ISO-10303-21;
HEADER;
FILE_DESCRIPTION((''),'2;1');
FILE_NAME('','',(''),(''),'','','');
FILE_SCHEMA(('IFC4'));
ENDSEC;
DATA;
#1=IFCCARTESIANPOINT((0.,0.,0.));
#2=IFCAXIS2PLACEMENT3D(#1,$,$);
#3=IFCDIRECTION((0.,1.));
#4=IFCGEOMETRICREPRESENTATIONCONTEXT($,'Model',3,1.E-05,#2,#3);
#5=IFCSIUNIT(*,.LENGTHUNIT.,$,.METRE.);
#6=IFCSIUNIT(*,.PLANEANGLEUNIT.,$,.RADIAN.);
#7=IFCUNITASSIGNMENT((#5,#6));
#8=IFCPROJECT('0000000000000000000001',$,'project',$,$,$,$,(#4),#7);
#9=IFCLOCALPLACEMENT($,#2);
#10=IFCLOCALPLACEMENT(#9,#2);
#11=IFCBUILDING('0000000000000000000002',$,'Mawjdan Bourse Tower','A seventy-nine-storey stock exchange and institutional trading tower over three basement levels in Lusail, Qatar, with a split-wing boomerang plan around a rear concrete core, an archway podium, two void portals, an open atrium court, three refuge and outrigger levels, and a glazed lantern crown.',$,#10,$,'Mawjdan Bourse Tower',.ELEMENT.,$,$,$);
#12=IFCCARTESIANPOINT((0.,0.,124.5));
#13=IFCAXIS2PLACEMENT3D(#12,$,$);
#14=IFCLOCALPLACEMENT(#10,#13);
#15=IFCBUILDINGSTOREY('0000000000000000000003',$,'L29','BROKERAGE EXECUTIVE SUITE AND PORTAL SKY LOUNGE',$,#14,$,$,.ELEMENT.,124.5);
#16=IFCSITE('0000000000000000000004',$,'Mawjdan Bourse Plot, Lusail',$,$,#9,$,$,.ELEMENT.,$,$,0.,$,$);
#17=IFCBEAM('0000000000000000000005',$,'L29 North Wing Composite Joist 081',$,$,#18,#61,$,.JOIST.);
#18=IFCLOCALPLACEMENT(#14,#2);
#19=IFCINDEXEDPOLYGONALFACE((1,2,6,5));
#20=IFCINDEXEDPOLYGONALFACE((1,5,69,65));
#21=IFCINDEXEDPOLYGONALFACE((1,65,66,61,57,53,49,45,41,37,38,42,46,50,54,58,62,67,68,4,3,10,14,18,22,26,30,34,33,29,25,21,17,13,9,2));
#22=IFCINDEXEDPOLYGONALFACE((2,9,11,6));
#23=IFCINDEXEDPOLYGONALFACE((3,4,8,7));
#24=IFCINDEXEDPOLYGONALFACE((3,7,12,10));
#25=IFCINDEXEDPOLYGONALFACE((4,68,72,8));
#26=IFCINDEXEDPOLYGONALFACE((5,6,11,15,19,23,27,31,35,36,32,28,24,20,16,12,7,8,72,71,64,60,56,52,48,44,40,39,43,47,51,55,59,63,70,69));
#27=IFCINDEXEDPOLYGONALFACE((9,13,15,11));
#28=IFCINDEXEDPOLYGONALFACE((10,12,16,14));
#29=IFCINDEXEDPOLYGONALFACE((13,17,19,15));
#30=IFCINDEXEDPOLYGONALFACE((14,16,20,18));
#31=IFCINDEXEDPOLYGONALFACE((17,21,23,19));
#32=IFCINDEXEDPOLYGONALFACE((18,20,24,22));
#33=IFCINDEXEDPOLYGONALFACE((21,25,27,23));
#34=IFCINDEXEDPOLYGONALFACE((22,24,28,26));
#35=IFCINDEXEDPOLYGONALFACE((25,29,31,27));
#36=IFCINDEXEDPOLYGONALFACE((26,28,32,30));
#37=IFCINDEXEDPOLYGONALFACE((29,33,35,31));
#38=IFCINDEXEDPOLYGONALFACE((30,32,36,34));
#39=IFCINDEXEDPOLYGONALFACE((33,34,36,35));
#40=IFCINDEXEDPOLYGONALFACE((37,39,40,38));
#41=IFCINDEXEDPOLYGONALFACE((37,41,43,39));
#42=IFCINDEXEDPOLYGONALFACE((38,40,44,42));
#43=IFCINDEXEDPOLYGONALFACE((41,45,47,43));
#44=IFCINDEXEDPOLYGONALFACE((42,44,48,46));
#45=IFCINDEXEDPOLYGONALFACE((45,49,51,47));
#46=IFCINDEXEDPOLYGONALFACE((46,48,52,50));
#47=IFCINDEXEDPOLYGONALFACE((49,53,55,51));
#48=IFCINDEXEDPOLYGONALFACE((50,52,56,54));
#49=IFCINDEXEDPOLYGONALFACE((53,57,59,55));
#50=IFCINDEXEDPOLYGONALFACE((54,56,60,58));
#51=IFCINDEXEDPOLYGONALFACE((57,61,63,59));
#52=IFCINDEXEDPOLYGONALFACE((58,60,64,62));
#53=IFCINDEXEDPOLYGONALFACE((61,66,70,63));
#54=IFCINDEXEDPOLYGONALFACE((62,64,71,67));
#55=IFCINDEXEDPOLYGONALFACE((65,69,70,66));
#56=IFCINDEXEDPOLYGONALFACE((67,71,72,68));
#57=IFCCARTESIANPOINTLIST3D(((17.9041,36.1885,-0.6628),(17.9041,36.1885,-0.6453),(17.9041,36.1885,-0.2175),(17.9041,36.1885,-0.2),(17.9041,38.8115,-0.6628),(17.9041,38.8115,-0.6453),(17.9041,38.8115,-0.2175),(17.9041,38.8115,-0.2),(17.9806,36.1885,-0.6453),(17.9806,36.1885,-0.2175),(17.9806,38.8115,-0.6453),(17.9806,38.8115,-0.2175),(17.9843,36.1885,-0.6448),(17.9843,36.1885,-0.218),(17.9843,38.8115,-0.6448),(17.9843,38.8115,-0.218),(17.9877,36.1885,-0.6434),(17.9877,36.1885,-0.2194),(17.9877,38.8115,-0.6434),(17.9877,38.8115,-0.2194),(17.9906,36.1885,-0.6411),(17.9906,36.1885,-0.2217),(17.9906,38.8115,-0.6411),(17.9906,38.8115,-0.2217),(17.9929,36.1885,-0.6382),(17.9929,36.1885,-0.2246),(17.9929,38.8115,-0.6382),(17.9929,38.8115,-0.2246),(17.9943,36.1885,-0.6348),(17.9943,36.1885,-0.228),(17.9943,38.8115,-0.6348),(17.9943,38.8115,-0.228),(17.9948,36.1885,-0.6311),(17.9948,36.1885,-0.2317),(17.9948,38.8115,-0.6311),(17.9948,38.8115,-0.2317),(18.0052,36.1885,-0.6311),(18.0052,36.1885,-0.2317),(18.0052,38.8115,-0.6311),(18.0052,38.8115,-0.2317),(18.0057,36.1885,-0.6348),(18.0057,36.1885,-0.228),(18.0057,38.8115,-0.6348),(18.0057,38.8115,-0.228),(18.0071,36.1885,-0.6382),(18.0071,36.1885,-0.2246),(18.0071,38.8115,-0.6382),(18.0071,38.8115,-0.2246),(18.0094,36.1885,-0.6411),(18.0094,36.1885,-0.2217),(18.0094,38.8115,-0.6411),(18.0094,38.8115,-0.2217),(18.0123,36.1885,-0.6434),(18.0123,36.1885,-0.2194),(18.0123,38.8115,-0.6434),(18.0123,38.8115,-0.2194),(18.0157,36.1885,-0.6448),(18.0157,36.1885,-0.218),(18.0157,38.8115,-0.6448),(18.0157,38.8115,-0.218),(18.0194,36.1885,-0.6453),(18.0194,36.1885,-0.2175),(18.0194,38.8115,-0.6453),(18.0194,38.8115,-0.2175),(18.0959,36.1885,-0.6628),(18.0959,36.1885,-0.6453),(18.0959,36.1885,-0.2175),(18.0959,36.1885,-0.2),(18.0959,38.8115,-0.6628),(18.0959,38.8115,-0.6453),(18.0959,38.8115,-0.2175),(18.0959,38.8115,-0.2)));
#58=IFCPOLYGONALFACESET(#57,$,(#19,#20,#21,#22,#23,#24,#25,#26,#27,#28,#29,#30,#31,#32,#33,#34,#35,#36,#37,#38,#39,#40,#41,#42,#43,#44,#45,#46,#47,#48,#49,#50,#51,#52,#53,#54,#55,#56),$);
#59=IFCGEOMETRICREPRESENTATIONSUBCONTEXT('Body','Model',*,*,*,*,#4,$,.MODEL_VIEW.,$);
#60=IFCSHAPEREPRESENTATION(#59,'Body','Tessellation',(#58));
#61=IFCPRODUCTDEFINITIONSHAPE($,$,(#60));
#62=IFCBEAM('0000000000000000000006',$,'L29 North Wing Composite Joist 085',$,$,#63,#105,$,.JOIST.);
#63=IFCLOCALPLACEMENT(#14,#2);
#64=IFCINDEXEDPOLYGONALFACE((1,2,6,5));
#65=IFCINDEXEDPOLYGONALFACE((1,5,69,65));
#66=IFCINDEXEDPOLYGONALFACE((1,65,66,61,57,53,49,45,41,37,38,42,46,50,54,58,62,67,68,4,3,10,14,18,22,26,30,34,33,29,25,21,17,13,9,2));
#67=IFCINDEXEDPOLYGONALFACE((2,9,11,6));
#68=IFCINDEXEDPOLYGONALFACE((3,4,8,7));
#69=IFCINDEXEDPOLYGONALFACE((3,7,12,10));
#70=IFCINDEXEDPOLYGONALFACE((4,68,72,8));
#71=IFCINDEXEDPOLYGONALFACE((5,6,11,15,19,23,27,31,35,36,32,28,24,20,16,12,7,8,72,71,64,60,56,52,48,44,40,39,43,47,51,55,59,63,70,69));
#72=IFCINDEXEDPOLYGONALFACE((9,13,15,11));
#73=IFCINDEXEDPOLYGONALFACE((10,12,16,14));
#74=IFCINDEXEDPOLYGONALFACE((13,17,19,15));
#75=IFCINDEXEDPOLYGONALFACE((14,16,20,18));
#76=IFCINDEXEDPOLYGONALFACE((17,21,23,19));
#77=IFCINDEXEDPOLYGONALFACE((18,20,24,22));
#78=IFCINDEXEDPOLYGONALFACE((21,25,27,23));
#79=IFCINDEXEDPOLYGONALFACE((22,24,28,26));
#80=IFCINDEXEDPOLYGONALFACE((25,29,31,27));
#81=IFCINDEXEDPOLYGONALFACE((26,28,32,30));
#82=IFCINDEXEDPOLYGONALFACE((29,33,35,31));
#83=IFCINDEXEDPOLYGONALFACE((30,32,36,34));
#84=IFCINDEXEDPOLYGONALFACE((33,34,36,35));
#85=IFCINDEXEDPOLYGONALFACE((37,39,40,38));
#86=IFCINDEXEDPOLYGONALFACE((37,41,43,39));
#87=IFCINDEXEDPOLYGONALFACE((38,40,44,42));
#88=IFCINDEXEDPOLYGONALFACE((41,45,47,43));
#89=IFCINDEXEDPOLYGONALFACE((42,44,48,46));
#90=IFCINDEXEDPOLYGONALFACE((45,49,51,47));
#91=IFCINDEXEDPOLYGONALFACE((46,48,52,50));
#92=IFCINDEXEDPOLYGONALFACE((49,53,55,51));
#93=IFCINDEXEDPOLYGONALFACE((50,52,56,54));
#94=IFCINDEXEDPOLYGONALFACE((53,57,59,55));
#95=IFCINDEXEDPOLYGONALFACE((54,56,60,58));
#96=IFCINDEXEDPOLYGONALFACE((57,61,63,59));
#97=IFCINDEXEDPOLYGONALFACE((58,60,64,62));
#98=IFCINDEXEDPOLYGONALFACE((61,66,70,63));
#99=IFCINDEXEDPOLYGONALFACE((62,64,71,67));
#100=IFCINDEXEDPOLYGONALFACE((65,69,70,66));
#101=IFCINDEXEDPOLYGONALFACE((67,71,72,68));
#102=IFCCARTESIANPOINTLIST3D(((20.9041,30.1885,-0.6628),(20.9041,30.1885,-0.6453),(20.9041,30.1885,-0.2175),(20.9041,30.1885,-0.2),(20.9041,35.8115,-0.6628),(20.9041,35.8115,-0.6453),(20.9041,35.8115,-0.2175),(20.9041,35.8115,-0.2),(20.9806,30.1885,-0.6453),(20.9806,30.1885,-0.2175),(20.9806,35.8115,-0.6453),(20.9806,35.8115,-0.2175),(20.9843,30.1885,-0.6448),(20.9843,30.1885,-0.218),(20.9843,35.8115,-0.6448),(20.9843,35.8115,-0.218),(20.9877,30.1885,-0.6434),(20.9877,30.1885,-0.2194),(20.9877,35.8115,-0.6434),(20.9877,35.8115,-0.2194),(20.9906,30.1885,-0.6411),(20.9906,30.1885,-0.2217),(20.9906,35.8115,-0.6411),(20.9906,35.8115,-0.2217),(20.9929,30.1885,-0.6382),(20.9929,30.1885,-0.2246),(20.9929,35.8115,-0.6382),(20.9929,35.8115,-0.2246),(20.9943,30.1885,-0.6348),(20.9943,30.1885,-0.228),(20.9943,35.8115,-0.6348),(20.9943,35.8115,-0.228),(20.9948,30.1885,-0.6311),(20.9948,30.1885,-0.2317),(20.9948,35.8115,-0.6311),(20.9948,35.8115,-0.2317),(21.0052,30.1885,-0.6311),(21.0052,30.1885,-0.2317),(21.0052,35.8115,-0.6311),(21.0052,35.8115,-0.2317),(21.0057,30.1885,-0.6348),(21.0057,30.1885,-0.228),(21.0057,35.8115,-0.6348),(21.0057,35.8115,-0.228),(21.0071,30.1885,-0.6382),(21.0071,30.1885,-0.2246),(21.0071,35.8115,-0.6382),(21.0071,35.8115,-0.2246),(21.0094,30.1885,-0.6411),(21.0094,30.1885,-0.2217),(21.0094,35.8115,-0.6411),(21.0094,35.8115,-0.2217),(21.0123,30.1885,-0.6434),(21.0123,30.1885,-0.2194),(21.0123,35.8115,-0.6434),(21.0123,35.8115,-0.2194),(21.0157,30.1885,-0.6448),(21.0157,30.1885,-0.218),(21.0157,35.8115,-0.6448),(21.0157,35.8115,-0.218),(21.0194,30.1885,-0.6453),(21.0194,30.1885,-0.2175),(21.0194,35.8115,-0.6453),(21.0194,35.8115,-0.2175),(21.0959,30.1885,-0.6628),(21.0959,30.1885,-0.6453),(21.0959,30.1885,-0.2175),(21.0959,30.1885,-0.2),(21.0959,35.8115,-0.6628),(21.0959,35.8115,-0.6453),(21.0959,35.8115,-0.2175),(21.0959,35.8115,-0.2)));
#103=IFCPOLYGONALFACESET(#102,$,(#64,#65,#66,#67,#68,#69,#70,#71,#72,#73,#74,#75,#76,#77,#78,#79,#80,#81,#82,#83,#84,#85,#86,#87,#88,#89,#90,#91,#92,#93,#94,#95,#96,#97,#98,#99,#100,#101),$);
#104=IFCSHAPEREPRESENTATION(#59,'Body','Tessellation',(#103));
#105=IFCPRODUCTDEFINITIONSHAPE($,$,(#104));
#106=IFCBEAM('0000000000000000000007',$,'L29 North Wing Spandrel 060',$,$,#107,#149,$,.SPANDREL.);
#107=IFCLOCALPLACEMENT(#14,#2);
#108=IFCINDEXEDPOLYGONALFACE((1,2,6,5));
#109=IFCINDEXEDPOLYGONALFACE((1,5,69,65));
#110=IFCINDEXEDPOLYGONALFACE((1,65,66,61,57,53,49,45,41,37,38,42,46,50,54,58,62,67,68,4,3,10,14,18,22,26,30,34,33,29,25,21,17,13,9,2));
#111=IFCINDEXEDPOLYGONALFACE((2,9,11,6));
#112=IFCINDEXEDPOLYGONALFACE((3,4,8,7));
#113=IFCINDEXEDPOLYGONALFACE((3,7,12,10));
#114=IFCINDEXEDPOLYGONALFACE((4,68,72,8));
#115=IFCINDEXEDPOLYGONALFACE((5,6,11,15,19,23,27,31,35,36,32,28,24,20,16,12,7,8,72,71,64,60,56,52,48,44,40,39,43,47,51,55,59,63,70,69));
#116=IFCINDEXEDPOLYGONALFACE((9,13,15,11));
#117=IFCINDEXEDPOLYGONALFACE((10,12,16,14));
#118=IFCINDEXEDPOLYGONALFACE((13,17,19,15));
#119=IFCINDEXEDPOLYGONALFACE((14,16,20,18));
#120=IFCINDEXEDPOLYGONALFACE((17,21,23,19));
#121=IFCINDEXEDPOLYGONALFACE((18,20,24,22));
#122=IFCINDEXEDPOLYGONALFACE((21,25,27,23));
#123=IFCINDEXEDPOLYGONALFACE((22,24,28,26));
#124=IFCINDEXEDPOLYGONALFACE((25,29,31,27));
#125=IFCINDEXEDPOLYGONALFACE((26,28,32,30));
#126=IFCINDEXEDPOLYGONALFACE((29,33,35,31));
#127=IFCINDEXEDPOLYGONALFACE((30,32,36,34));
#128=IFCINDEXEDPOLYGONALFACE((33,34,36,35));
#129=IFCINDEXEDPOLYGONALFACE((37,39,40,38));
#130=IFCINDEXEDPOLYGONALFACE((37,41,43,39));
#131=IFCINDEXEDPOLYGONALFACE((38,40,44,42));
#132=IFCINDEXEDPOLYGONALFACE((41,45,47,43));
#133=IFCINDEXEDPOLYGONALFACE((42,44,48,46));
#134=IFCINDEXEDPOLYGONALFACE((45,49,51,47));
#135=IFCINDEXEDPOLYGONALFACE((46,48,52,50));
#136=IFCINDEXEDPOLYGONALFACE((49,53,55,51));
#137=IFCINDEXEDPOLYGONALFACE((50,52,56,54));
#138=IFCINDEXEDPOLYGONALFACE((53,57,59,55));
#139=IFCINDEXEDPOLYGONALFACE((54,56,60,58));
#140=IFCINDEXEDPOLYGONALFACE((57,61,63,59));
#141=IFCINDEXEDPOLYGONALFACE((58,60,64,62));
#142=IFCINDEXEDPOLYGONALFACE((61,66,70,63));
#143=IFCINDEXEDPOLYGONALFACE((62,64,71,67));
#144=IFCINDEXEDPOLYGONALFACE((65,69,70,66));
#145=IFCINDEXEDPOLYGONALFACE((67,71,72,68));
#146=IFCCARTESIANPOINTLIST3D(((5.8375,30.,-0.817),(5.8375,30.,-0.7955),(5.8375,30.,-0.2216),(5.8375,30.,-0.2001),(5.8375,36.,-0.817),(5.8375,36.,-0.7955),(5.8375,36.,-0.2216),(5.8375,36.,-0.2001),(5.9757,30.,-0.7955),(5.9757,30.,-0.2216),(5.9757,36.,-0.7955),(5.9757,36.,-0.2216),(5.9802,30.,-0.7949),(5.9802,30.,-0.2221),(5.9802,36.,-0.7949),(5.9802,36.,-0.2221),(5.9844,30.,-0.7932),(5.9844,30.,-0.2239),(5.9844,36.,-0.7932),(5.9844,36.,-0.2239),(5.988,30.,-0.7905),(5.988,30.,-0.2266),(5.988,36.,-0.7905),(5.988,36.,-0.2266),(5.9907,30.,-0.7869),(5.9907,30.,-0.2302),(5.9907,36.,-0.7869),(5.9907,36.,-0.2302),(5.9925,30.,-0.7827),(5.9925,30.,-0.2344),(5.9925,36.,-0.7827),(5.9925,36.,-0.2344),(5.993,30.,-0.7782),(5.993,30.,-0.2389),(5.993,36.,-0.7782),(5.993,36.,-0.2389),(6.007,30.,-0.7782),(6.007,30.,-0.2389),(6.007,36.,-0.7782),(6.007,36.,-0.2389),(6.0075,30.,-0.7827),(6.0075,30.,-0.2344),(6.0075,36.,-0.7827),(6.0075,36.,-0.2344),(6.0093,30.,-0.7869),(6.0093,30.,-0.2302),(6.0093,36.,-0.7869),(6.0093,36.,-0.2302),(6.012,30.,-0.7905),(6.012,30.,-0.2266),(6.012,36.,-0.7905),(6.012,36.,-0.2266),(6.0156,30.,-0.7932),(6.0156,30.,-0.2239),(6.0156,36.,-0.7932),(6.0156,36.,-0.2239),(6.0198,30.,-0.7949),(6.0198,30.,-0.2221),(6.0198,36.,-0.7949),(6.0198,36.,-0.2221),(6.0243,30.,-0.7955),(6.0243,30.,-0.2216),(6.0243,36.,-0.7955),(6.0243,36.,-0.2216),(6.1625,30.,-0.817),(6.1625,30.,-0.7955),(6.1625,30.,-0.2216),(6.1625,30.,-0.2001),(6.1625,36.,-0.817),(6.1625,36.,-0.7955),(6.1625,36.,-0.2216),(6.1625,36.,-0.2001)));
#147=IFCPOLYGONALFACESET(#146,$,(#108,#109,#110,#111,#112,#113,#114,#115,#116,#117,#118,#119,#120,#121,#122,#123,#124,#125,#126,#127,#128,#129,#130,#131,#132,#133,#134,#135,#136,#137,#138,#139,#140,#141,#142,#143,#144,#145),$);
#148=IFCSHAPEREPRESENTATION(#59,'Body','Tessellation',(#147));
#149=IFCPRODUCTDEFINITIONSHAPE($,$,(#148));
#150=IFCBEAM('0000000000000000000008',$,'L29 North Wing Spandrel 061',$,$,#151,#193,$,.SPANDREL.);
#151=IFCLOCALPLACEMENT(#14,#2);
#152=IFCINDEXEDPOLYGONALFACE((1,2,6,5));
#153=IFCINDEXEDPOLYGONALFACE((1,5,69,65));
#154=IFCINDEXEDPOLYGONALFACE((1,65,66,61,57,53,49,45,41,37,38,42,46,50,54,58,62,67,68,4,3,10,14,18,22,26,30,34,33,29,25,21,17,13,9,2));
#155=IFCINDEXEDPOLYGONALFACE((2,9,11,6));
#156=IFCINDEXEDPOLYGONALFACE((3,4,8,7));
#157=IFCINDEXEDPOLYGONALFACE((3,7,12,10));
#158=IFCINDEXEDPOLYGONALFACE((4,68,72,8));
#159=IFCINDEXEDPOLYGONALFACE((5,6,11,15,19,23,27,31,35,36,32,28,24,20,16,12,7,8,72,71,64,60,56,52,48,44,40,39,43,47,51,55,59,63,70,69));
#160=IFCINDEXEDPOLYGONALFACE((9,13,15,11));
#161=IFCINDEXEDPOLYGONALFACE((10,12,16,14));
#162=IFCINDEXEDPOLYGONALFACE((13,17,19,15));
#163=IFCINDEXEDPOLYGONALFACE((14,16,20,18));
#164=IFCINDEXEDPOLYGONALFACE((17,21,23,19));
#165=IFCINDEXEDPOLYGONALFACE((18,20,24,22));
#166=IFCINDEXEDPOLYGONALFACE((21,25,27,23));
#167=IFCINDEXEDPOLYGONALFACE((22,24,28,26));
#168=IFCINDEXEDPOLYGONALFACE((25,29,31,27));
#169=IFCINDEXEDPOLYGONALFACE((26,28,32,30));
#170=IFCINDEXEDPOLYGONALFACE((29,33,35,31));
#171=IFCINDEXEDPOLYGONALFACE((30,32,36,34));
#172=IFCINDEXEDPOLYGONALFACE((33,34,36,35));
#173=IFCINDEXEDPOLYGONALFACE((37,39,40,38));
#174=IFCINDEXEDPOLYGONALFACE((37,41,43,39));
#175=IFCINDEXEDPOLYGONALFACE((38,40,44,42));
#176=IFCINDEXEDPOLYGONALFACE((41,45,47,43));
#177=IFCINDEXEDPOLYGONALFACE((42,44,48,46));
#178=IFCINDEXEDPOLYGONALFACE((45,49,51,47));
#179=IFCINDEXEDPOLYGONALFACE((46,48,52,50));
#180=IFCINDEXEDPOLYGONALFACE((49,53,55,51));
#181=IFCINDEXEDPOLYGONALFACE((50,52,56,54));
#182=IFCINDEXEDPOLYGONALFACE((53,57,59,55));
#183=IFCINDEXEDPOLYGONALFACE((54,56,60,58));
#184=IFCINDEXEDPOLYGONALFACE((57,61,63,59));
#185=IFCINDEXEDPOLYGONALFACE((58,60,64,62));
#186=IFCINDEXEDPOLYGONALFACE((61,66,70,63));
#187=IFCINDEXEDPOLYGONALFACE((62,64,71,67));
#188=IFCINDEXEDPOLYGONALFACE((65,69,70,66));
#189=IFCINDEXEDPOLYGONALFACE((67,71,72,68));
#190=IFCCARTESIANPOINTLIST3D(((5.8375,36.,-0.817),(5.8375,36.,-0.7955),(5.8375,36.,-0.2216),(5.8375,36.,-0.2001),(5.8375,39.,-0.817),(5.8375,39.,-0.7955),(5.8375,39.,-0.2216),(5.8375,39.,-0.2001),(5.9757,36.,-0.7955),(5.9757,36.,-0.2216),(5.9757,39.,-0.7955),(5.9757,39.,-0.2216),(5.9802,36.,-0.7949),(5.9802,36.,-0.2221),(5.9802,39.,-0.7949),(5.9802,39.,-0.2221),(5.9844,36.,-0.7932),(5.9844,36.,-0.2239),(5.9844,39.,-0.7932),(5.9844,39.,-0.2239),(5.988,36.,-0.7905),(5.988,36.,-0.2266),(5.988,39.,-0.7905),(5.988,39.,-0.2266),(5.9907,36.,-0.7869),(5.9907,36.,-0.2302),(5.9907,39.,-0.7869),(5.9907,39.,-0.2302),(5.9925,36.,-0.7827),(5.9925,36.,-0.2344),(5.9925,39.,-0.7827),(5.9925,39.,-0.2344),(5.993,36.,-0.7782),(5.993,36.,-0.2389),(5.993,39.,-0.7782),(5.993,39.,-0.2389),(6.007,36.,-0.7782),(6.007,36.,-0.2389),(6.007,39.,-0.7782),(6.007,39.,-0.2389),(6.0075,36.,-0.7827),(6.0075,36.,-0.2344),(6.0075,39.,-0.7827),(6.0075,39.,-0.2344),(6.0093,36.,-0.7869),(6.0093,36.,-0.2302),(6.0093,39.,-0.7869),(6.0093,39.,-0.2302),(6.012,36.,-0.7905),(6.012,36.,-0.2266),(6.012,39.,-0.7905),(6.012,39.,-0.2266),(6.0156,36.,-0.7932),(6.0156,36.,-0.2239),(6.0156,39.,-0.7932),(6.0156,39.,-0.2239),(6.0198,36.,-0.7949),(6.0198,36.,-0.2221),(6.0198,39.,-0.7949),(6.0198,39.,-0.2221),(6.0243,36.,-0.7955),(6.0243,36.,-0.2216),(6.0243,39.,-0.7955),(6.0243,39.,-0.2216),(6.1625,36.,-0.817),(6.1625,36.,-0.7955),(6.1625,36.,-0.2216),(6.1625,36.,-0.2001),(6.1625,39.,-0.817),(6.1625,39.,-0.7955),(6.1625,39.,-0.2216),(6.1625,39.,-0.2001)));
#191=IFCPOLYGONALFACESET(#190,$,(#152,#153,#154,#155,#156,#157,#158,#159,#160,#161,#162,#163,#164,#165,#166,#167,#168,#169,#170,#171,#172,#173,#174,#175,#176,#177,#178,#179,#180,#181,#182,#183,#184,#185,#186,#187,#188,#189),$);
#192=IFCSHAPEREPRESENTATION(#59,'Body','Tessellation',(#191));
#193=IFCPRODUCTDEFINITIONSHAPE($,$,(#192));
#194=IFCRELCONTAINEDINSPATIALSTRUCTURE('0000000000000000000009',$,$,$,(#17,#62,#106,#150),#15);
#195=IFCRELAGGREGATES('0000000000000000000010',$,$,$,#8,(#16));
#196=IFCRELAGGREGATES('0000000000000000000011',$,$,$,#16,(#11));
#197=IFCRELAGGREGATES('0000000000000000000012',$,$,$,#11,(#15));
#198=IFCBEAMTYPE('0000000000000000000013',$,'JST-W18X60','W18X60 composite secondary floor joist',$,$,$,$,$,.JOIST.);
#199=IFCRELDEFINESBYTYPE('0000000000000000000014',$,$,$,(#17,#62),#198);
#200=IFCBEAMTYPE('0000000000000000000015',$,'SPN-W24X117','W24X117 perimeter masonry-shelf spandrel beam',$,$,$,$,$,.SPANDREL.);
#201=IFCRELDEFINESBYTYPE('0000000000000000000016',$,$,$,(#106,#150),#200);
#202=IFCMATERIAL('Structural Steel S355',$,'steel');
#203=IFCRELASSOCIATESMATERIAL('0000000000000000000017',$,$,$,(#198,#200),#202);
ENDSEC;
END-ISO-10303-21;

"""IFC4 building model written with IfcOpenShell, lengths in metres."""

from ifc_helpers import new_model, si_unit, direction, frame, origin, origin_2d, place, context, subcontext, project, spatial, i_section, extrude, material, material_profile, profile_set, type_object, element, save


model = new_model("IFC4")

# Units and contexts
model_context = context("Model", 3, precision=1e-05, world=origin(), true_north=direction((0.0, 1.0)))
body_context = subcontext(model_context, "Body", "Model", "MODEL_VIEW")
ifc_project = project(units=[si_unit("LENGTHUNIT", "METRE"), si_unit("PLANEANGLEUNIT", "RADIAN")], contexts=[model_context])

# Site, building, storey
site_placement = place(None, origin())
site = spatial("IfcSite", under=ifc_project, at=site_placement, Name="Mawjdan Bourse Plot, Lusail", CompositionType="ELEMENT", RefElevation=0.0)
building_placement = place(site_placement, origin())
building = spatial("IfcBuilding", under=site, at=building_placement, Name="Mawjdan Bourse Tower", Description="A seventy-nine-storey stock exchange and institutional trading tower over three basement levels in Lusail, Qatar, with a split-wing boomerang plan around a rear concrete core, an archway podium, two void portals, an open atrium court, three refuge and outrigger levels, and a glazed lantern crown.", LongName="Mawjdan Bourse Tower", CompositionType="ELEMENT")
storey_placement = place(building_placement, frame((0.0, 0.0, 124.5)))
storey = spatial("IfcBuildingStorey", under=building, at=storey_placement, Name="L29", Description="BROKERAGE EXECUTIVE SUITE AND PORTAL SKY LOUNGE", CompositionType="ELEMENT", Elevation=124.5)

# Beams
ifc_material_1 = material(Name="Structural Steel S355", Category="steel")
ifc_material_profile_1 = material_profile(ifc_material_1, i_section(OverallWidth=0.1919, OverallDepth=0.4629, WebThickness=0.0105, FlangeThickness=0.0176, FilletRadius=0.0142, at=origin_2d()), Name="W18X60")
ifc_profile_set_1 = profile_set([ifc_material_profile_1], Name="Structural Steel S355")
beam_type_1 = type_object("IfcBeamType", Name="JST-W18X60", Description="W18X60 composite secondary floor joist", PredefinedType="JOIST", material=ifc_profile_set_1)
beam_1_placement = place(storey_placement, frame((18.0, 36.1885, -0.4314), z_axis=(0.0, 1.0, 0.0), x_axis=(-1.0, 0.0, 0.0)))
element("IfcBeam", 1, at=beam_1_placement, inside=storey, type_object=beam_type_1, Name="L29 North Wing Composite Joist 081", PredefinedType="JOIST", context=body_context, shape_type="SweptSolid", body=[
    extrude(i_section(OverallWidth=0.1919, OverallDepth=0.4629, WebThickness=0.0105, FlangeThickness=0.0176, FilletRadius=0.0142, at=origin_2d()), origin(), (0.0, 0.0, 1.0), 2.623),
])
beam_2_placement = place(storey_placement, frame((21.0, 30.1885, -0.4314), z_axis=(0.0, 1.0, 0.0), x_axis=(-1.0, 0.0, 0.0)))
element("IfcBeam", 2, at=beam_2_placement, inside=storey, type_object=beam_type_1, Name="L29 North Wing Composite Joist 085", PredefinedType="JOIST", context=body_context, shape_type="SweptSolid", body=[
    extrude(i_section(OverallWidth=0.1919, OverallDepth=0.4629, WebThickness=0.0105, FlangeThickness=0.0176, FilletRadius=0.0142, at=origin_2d()), origin(), (0.0, 0.0, 1.0), 5.623),
])
ifc_material_profile_2 = material_profile(ifc_material_1, i_section(OverallWidth=0.325, OverallDepth=0.6169, WebThickness=0.0139, FlangeThickness=0.0215, FilletRadius=0.0173, at=origin_2d()), Name="W24X117")
ifc_profile_set_2 = profile_set([ifc_material_profile_2], Name="Structural Steel S355")
beam_type_2 = type_object("IfcBeamType", Name="SPN-W24X117", Description="W24X117 perimeter masonry-shelf spandrel beam", PredefinedType="SPANDREL", material=ifc_profile_set_2)
beam_3_placement = place(storey_placement, frame((6.0, 30.0, -0.5085), z_axis=(0.0, 1.0, 0.0), x_axis=(-1.0, 0.0, 0.0)))
element("IfcBeam", 3, at=beam_3_placement, inside=storey, type_object=beam_type_2, Name="L29 North Wing Spandrel 060", PredefinedType="SPANDREL", context=body_context, shape_type="SweptSolid", body=[
    extrude(i_section(OverallWidth=0.325, OverallDepth=0.6169, WebThickness=0.0139, FlangeThickness=0.0215, FilletRadius=0.0173, at=origin_2d()), origin(), (0.0, 0.0, 1.0), 6.0),
])
beam_4_placement = place(storey_placement, frame((6.0, 36.0, -0.5085), z_axis=(0.0, 1.0, 0.0), x_axis=(-1.0, 0.0, 0.0)))
element("IfcBeam", 4, at=beam_4_placement, inside=storey, type_object=beam_type_2, Name="L29 North Wing Spandrel 061", PredefinedType="SPANDREL", context=body_context, shape_type="SweptSolid", body=[
    extrude(i_section(OverallWidth=0.325, OverallDepth=0.6169, WebThickness=0.0139, FlangeThickness=0.0215, FilletRadius=0.0173, at=origin_2d()), origin(), (0.0, 0.0, 1.0), 3.0),
])

save(model, "model.ifc")
